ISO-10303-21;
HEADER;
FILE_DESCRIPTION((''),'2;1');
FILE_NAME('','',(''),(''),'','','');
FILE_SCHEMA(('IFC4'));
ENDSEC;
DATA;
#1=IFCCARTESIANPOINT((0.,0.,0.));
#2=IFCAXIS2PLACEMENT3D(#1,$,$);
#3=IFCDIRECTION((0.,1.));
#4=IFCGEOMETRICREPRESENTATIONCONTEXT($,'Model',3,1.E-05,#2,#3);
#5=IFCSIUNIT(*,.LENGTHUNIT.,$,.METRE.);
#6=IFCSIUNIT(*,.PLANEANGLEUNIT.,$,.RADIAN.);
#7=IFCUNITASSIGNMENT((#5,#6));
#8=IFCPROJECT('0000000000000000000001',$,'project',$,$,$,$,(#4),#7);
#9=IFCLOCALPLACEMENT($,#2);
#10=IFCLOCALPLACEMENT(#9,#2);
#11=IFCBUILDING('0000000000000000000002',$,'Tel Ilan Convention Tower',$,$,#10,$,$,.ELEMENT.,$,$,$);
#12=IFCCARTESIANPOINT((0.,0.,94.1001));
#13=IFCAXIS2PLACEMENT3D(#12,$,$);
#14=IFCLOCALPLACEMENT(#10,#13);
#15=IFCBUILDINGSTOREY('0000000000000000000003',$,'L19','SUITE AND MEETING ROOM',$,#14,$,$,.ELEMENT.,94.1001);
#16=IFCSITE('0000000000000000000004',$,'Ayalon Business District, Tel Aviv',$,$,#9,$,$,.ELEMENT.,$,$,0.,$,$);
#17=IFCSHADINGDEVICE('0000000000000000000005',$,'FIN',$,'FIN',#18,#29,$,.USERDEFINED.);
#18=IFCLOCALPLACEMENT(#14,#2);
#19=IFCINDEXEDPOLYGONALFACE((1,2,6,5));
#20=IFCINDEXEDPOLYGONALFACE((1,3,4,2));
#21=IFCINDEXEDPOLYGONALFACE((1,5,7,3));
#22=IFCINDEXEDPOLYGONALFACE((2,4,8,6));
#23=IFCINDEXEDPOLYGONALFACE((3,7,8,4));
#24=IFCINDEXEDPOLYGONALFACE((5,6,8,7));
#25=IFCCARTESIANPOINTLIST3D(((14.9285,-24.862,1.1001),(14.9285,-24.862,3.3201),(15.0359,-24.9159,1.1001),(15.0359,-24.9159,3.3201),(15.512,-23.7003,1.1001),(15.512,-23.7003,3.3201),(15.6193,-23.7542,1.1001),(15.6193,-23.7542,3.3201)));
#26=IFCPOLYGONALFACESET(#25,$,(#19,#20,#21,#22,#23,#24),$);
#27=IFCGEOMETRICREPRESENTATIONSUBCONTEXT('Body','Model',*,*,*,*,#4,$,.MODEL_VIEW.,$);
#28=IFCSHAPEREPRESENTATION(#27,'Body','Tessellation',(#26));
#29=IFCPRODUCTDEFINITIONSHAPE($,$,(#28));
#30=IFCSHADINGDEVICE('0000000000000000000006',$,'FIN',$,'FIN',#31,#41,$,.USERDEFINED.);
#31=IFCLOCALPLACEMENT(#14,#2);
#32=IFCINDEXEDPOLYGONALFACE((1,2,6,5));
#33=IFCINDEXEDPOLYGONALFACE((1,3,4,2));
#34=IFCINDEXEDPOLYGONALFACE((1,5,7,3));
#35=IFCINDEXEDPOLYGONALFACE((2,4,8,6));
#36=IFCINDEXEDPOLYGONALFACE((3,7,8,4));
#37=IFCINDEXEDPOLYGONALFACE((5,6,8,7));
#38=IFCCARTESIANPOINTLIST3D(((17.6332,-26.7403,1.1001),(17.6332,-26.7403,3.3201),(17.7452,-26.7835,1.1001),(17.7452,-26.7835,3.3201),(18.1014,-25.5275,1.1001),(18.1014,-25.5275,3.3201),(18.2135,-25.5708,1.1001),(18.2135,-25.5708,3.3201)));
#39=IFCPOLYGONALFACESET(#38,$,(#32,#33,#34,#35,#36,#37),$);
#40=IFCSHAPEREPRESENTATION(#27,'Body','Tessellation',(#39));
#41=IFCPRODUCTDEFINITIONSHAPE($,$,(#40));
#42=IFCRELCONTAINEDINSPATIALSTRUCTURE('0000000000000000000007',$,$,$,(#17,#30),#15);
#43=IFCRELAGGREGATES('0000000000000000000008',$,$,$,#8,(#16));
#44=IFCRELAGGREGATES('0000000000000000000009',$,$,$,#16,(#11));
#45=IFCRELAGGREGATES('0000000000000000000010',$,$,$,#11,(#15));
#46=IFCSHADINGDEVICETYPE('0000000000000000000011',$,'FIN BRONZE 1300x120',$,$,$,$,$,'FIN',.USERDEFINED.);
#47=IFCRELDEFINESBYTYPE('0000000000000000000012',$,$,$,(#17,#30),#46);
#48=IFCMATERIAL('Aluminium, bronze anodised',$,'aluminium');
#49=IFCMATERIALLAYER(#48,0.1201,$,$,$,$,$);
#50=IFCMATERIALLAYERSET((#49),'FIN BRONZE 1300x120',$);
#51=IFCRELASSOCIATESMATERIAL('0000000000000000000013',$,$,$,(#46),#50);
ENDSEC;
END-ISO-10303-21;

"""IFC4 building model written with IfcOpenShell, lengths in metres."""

from ifc_helpers import new_model, si_unit, direction, frame, origin, origin_2d, place, context, subcontext, project, spatial, rectangle, extrude, material, layer, layer_set, type_object, element, save


model = new_model("IFC4")

# Units and contexts
model_context = context("Model", 3, precision=1e-05, world=origin(), true_north=direction((0.0, 1.0)))
body_context = subcontext(model_context, "Body", "Model", "MODEL_VIEW")
ifc_project = project(units=[si_unit("LENGTHUNIT", "METRE"), si_unit("PLANEANGLEUNIT", "RADIAN")], contexts=[model_context])

# Site, building, storey
site_placement = place(None, origin())
site = spatial("IfcSite", under=ifc_project, at=site_placement, Name="Ayalon Business District, Tel Aviv", CompositionType="ELEMENT", RefElevation=0.0)
building_placement = place(site_placement, origin())
building = spatial("IfcBuilding", under=site, at=building_placement, Name="Tel Ilan Convention Tower", CompositionType="ELEMENT")
storey_placement = place(building_placement, frame((0.0, 0.0, 94.1001)))
storey = spatial("IfcBuildingStorey", under=building, at=storey_placement, Name="L19", Description="SUITE AND MEETING ROOM", CompositionType="ELEMENT", Elevation=94.1001)

# Shading devices
ifc_material_1 = material(Name="Aluminium, bronze anodised", Category="aluminium")
ifc_layer_1 = layer(ifc_material_1, 0.1201)
ifc_layer_set_1 = layer_set([ifc_layer_1], Name="FIN BRONZE 1300x120")
shading_device_type = type_object("IfcShadingDeviceType", Name="FIN BRONZE 1300x120", ElementType="FIN", PredefinedType="USERDEFINED", material=ifc_layer_set_1)
for number, where, z_axis, x_axis, name in (
    (1, (15.2739, -24.3081, 1.1001), (0.0, 0.0, 1.0), (-0.448799, -0.893633, 0.0), "FIN"),
    (2, (17.9233, -26.1555, 1.1001), (0.0, 0.0, 1.0), (-0.360178, -0.932884, 0.0), "FIN"),
):
    element("IfcShadingDevice", number, at=place(storey_placement, frame(where, z_axis=z_axis, x_axis=x_axis)), inside=storey, type_object=shading_device_type, Name=name, ObjectType="FIN", PredefinedType="USERDEFINED", context=body_context, shape_type="SweptSolid", body=[
        extrude(rectangle(XDim=1.3, YDim=0.1201, at=origin_2d()), origin(), (0.0, 0.0, 1.0), 2.22),
    ])

save(model, "model.ifc")
